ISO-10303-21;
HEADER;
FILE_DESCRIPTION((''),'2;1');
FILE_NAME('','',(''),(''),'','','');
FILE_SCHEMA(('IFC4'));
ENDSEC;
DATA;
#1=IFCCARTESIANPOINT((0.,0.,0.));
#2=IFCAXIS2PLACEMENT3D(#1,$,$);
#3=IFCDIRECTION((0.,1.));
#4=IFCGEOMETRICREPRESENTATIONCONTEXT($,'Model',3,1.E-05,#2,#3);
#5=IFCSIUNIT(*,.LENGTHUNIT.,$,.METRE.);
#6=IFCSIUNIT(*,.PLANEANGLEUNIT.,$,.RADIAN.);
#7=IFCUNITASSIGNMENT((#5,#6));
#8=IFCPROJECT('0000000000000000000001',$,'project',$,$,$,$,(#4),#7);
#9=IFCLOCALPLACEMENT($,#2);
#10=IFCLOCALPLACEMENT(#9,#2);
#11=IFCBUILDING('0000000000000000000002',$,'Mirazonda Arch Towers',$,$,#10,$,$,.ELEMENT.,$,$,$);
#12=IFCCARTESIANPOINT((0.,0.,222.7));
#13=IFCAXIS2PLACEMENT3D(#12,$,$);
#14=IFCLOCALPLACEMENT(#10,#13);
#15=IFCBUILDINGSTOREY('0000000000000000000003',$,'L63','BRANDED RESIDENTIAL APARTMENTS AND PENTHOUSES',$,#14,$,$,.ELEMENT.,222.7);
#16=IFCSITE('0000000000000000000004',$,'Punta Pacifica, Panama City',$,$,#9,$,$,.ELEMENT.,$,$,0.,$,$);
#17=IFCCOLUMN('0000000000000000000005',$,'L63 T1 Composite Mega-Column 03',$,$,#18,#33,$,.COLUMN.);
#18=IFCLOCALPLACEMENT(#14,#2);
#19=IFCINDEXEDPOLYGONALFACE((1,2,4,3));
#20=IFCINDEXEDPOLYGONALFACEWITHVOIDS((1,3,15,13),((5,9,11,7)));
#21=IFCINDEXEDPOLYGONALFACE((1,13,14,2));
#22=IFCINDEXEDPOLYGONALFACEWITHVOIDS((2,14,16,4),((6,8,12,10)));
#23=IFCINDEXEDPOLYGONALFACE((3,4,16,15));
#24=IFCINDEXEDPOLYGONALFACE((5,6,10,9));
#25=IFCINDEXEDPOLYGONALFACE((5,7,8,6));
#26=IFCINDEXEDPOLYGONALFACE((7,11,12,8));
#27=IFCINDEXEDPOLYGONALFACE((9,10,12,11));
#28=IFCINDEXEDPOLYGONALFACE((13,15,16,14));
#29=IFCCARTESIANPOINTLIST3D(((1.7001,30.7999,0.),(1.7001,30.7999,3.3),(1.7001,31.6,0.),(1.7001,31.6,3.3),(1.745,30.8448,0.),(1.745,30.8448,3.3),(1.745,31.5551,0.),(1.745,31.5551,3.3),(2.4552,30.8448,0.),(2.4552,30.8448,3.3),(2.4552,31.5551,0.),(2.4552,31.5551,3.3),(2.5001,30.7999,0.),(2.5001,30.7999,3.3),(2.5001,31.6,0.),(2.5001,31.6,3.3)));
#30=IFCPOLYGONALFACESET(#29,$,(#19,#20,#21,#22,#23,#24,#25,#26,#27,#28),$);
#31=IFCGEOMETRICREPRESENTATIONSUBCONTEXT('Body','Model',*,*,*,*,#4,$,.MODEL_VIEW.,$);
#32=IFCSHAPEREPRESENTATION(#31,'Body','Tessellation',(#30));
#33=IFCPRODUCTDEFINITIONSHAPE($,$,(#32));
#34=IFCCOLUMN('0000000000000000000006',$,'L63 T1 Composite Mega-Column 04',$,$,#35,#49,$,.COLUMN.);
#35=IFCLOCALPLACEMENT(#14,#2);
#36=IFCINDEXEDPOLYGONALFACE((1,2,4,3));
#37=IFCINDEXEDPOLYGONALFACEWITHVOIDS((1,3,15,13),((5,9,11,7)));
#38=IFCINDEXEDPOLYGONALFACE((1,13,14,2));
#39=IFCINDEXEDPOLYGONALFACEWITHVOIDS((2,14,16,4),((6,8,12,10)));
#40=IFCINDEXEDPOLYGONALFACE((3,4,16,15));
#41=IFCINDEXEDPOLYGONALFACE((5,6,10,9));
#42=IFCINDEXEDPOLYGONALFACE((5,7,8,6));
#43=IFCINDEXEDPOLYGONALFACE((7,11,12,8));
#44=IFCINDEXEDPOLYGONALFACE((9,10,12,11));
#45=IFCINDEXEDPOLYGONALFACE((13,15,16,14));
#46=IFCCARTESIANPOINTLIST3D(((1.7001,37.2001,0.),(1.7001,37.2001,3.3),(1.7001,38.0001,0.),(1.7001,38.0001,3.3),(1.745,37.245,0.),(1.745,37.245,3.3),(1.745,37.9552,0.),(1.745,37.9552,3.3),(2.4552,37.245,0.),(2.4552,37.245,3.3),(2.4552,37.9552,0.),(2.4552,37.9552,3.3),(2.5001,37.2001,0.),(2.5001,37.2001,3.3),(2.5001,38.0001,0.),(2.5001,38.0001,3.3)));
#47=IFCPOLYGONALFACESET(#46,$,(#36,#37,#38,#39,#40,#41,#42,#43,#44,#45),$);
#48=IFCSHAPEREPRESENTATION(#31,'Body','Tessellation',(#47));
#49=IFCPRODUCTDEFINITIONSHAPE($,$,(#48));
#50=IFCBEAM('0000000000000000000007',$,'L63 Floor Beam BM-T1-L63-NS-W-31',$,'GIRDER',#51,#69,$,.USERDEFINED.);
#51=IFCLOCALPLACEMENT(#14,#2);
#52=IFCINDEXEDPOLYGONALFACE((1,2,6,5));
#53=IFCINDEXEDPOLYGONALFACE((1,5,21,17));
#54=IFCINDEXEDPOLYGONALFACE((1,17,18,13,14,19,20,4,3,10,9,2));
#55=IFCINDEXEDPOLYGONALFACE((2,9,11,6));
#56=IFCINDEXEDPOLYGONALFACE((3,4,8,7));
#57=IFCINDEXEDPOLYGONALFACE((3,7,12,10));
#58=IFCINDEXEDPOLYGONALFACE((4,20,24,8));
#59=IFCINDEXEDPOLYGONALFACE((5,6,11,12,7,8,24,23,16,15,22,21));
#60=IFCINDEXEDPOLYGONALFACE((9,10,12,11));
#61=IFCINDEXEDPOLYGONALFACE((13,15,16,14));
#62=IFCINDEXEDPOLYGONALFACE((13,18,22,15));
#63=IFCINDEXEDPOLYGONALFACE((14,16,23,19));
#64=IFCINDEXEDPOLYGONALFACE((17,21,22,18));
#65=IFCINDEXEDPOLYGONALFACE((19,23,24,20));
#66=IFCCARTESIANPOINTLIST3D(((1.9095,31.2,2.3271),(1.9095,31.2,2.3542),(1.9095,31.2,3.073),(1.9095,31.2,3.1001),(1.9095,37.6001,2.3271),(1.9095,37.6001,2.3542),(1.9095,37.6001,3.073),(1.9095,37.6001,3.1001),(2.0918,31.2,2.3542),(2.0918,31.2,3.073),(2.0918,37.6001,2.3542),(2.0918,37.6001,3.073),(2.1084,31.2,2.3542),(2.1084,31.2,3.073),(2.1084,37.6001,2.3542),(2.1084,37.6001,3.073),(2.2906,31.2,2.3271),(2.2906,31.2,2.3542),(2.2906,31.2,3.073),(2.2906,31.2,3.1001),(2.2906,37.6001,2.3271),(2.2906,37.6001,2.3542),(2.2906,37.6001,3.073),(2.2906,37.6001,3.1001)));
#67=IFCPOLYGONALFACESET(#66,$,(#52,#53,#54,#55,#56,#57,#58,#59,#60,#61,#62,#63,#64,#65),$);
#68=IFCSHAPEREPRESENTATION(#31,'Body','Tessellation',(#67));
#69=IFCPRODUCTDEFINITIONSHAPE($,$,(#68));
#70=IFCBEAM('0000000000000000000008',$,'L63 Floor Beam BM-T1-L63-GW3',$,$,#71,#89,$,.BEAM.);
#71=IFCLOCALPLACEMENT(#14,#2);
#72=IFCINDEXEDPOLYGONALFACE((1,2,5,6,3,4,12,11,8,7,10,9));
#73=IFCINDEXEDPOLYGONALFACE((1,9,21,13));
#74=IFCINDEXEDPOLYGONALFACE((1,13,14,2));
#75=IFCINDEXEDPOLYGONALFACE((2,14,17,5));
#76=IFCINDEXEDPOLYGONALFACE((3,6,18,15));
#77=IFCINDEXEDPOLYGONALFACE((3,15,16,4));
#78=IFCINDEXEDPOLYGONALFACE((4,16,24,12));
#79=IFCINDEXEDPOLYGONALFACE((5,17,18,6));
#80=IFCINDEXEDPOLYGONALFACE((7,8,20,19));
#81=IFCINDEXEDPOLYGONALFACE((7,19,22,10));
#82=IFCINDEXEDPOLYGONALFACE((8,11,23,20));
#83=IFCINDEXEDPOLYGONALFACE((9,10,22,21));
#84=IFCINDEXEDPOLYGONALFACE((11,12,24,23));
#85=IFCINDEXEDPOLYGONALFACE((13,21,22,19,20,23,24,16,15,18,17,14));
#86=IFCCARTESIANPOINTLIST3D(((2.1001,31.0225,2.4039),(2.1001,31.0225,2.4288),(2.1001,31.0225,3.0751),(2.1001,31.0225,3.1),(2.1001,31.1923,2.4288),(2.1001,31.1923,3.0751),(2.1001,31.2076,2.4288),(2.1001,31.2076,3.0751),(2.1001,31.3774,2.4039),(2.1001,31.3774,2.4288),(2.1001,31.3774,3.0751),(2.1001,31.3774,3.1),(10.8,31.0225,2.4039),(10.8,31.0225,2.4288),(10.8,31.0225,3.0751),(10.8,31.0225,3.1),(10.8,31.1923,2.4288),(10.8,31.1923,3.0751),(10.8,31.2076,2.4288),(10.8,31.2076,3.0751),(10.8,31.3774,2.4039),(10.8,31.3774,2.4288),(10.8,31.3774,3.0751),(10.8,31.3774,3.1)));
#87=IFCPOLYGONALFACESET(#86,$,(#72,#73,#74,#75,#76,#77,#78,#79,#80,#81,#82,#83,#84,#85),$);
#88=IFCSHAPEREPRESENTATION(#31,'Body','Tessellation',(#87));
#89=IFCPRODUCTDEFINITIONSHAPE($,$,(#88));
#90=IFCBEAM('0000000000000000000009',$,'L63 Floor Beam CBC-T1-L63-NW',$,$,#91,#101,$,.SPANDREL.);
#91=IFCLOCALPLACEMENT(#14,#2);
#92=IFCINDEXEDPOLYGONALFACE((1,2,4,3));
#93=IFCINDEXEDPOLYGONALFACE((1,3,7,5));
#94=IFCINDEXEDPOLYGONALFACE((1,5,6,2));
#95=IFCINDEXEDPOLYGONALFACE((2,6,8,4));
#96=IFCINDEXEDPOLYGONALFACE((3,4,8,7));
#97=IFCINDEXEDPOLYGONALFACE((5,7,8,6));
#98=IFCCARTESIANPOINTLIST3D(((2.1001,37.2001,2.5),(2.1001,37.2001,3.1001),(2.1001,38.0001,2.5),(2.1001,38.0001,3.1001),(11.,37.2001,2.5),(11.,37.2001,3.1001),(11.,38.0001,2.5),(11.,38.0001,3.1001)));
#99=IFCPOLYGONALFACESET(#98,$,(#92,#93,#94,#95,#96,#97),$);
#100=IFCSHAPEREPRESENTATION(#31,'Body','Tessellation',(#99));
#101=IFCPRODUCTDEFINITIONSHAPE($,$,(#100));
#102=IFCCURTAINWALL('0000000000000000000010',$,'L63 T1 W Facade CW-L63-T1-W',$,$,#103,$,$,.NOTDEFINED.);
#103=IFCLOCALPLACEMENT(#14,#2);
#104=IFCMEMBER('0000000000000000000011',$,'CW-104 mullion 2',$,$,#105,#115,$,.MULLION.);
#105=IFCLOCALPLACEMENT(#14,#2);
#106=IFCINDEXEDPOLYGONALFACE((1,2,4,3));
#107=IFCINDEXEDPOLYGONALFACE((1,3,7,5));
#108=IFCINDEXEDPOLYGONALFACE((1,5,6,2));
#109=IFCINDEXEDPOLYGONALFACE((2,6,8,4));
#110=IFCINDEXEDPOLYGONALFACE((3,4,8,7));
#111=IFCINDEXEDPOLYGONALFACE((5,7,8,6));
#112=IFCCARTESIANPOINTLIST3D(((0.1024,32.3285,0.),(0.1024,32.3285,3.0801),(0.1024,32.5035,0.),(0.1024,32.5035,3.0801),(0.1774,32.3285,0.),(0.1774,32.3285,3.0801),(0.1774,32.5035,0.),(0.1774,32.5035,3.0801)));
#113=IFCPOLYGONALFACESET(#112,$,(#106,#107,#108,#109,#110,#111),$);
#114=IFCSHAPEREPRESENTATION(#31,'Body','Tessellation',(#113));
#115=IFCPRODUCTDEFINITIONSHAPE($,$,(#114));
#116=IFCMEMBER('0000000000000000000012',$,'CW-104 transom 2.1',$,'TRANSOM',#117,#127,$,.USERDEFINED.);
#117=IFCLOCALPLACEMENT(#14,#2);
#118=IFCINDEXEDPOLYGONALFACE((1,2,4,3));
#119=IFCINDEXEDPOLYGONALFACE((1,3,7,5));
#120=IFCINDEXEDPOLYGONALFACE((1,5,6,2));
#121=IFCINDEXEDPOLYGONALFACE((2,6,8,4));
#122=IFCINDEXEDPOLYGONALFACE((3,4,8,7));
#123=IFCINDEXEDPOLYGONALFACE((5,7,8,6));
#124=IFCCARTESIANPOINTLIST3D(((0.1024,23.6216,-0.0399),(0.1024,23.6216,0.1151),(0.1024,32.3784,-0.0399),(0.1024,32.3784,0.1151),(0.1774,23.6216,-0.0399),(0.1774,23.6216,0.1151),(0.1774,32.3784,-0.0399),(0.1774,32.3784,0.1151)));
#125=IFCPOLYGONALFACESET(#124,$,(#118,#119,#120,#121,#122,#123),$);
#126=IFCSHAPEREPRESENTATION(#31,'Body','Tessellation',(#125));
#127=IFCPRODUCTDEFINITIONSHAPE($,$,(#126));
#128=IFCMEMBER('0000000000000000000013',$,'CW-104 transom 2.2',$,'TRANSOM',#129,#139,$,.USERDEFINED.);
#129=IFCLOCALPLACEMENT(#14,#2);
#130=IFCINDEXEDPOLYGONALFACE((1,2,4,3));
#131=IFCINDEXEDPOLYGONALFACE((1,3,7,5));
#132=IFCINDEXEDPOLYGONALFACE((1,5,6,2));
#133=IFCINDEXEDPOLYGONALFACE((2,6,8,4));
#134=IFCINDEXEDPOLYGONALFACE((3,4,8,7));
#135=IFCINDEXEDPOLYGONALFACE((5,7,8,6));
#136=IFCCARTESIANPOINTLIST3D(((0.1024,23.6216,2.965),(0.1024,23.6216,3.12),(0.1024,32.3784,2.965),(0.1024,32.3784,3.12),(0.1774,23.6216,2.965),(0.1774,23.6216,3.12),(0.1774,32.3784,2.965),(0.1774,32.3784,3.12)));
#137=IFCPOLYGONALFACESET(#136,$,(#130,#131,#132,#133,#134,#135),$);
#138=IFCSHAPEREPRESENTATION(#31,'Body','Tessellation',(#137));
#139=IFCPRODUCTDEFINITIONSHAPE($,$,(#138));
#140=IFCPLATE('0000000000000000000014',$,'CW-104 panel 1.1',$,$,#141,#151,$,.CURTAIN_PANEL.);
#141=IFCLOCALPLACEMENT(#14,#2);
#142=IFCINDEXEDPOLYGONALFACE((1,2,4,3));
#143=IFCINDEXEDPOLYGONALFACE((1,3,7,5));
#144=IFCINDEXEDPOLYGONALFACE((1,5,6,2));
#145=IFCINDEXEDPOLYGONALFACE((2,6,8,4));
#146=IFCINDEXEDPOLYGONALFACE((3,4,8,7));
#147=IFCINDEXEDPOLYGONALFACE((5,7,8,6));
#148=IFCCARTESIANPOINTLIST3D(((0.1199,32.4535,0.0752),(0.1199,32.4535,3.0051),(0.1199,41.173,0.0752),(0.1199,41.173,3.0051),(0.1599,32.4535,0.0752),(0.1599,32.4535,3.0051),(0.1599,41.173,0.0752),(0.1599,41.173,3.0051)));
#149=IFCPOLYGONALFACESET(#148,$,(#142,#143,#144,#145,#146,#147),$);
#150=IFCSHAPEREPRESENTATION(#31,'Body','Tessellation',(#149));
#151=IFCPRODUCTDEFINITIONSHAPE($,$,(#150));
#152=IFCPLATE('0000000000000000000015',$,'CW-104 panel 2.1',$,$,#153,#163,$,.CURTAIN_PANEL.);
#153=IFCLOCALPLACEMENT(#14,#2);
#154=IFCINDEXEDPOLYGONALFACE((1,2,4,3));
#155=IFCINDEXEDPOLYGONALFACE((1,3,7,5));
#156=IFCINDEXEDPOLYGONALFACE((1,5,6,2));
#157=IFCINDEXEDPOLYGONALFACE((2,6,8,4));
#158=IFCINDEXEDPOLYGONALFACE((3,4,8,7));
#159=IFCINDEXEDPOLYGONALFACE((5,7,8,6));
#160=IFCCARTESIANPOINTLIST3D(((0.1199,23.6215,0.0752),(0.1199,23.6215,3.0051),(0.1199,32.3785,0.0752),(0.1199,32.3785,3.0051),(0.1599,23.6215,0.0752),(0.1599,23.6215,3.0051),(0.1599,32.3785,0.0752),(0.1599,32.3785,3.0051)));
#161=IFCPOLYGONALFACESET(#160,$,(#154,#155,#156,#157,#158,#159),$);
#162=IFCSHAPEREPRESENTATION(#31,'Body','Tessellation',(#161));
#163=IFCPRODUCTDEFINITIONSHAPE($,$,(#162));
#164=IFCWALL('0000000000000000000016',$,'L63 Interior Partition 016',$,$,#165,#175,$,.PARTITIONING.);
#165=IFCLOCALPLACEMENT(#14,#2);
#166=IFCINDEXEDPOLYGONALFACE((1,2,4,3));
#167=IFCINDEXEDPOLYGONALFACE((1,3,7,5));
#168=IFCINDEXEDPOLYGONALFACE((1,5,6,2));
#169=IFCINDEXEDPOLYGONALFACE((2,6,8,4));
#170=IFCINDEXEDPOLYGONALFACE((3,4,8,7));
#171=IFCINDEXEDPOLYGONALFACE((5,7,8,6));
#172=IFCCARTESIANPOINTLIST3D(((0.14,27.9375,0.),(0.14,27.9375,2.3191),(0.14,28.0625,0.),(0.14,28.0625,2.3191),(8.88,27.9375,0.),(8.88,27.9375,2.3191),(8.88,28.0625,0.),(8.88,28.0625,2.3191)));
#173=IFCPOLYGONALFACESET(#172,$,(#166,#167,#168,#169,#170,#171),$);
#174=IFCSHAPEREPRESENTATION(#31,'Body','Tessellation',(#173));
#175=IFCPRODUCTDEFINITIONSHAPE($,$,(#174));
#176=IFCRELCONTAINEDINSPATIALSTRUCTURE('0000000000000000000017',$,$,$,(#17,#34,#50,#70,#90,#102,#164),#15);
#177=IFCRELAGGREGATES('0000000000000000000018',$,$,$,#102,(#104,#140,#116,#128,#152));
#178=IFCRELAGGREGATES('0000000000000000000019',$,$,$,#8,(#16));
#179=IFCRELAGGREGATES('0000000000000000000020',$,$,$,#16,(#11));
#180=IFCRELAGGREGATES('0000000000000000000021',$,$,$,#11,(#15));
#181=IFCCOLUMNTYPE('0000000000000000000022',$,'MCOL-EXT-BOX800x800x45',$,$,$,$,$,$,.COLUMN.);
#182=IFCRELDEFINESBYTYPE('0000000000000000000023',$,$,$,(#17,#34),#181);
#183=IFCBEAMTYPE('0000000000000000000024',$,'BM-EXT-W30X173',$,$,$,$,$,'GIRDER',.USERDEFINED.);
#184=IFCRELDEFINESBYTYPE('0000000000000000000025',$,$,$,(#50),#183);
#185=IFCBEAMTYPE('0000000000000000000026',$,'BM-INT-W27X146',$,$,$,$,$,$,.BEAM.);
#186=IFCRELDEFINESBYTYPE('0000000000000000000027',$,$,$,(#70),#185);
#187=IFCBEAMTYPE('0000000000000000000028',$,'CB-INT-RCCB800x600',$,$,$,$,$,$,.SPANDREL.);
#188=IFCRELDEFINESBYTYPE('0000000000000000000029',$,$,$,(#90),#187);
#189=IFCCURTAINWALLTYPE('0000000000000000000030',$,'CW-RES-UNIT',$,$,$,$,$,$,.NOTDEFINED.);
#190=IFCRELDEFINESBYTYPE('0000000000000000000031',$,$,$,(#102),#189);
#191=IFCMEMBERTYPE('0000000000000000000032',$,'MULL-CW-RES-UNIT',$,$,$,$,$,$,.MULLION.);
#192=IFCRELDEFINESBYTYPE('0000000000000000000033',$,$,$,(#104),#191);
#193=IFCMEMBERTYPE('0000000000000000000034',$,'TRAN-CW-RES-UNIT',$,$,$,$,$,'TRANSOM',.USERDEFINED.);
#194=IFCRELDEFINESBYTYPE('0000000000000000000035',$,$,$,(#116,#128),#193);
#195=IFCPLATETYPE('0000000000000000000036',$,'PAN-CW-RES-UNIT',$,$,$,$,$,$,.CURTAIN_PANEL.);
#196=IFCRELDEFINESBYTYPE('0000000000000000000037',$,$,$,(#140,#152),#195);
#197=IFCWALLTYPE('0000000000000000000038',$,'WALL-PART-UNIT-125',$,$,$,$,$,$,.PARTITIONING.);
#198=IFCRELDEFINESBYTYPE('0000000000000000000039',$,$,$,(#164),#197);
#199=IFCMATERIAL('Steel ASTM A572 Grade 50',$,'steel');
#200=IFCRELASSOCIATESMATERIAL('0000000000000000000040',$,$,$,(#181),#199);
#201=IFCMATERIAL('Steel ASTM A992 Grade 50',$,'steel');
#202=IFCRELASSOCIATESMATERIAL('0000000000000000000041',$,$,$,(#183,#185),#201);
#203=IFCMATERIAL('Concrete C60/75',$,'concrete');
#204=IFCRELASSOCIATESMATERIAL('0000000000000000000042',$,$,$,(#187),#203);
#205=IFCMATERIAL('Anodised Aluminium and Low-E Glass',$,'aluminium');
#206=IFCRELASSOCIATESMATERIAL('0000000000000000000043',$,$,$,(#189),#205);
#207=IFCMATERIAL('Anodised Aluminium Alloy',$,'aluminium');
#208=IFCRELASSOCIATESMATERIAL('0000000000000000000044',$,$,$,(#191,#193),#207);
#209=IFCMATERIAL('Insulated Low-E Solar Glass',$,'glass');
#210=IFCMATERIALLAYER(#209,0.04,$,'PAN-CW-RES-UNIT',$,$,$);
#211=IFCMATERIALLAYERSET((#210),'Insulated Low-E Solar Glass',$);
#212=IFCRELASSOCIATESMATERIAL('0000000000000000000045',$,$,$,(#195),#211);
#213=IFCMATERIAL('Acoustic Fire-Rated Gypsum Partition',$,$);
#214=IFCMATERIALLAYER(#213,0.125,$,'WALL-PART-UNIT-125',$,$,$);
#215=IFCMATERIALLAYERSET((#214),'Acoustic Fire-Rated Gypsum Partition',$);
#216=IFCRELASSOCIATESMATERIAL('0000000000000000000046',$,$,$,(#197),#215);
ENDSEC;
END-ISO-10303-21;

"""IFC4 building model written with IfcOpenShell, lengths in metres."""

from ifc_helpers import new_model, si_unit, direction, frame, frame_2d, origin, origin_2d, place, context, subcontext, project, spatial, rectangle, hollow_rectangle, i_section, extrude, material, layer, layer_set, material_profile, profile_set, type_object, element, aggregate, save


model = new_model("IFC4")

# Units and contexts
model_context = context("Model", 3, precision=1e-05, world=origin(), true_north=direction((0.0, 1.0)))
body_context = subcontext(model_context, "Body", "Model", "MODEL_VIEW")
ifc_project = project(units=[si_unit("LENGTHUNIT", "METRE"), si_unit("PLANEANGLEUNIT", "RADIAN")], contexts=[model_context])

# Site, building, storey
site_placement = place(None, origin())
site = spatial("IfcSite", under=ifc_project, at=site_placement, Name="Punta Pacifica, Panama City", CompositionType="ELEMENT", RefElevation=0.0)
building_placement = place(site_placement, origin())
building = spatial("IfcBuilding", under=site, at=building_placement, Name="Mirazonda Arch Towers", CompositionType="ELEMENT")
storey_placement = place(building_placement, frame((0.0, 0.0, 222.7)))
storey = spatial("IfcBuildingStorey", under=building, at=storey_placement, Name="L63", Description="BRANDED RESIDENTIAL APARTMENTS AND PENTHOUSES", CompositionType="ELEMENT", Elevation=222.7)

# Columns
ifc_material_1 = material(Name="Steel ASTM A572 Grade 50", Category="steel")
ifc_material_profile_1 = material_profile(ifc_material_1, hollow_rectangle(XDim=0.8, YDim=0.8, WallThickness=0.0449, at=origin_2d()), Name="BOX800x800x45")
ifc_profile_set_1 = profile_set([ifc_material_profile_1], Name="Steel ASTM A572 Grade 50")
column_type = type_object("IfcColumnType", Name="MCOL-EXT-BOX800x800x45", PredefinedType="COLUMN", material=ifc_profile_set_1)
for number, where, z_axis, x_axis, name in (
    (1, (2.1001, 31.2, 0.0), (0.0, 0.0, 1.0), (1.0, 0.0, 0.0), "L63 T1 Composite Mega-Column 03"),
    (2, (2.1001, 37.6001, 0.0), (0.0, 0.0, 1.0), (1.0, 0.0, 0.0), "L63 T1 Composite Mega-Column 04"),
):
    element("IfcColumn", number, at=place(storey_placement, frame(where, z_axis=z_axis, x_axis=x_axis)), inside=storey, type_object=column_type, Name=name, PredefinedType="COLUMN", context=body_context, shape_type="SweptSolid", body=[
        extrude(hollow_rectangle(XDim=0.8, YDim=0.8, WallThickness=0.0449, at=origin_2d()), origin(), (0.0, 0.0, 1.0), 3.3),
    ])

# Beams
ifc_material_2 = material(Name="Steel ASTM A992 Grade 50", Category="steel")
ifc_material_profile_2 = material_profile(ifc_material_2, i_section(OverallWidth=0.3811, OverallDepth=0.7729, WebThickness=0.0166, FlangeThickness=0.0271, at=origin_2d()), Name="W30X173")
ifc_profile_set_2 = profile_set([ifc_material_profile_2], Name="Steel ASTM A992 Grade 50")
beam_type_1 = type_object("IfcBeamType", Name="BM-EXT-W30X173", ElementType="GIRDER", PredefinedType="USERDEFINED", material=ifc_profile_set_2)
beam_1_placement = place(storey_placement, frame((2.1001, 31.2, 2.7136), z_axis=(0.0, 1.0, 0.0), x_axis=(-1.0, 0.0, 0.0)))
element("IfcBeam", 3, at=beam_1_placement, inside=storey, type_object=beam_type_1, Name="L63 Floor Beam BM-T1-L63-NS-W-31", ObjectType="GIRDER", PredefinedType="USERDEFINED", context=body_context, shape_type="SweptSolid", body=[
    extrude(i_section(OverallWidth=0.3811, OverallDepth=0.7729, WebThickness=0.0166, FlangeThickness=0.0271, at=origin_2d()), origin(), (0.0, 0.0, 1.0), 6.4001),
])
ifc_material_profile_3 = material_profile(ifc_material_2, i_section(OverallWidth=0.355, OverallDepth=0.696, WebThickness=0.0154, FlangeThickness=0.0249, at=origin_2d()), Name="W27X146")
ifc_profile_set_3 = profile_set([ifc_material_profile_3], Name="Steel ASTM A992 Grade 50")
beam_type_2 = type_object("IfcBeamType", Name="BM-INT-W27X146", PredefinedType="BEAM", material=ifc_profile_set_3)
beam_2_placement = place(storey_placement, frame((2.1001, 31.2, 2.752), z_axis=(1.0, 0.0, 0.0), x_axis=(0.0, 1.0, 0.0)))
element("IfcBeam", 4, at=beam_2_placement, inside=storey, type_object=beam_type_2, Name="L63 Floor Beam BM-T1-L63-GW3", PredefinedType="BEAM", context=body_context, shape_type="SweptSolid", body=[
    extrude(i_section(OverallWidth=0.355, OverallDepth=0.696, WebThickness=0.0154, FlangeThickness=0.0249, at=origin_2d()), origin(), (0.0, 0.0, 1.0), 8.7),
])
ifc_material_3 = material(Name="Concrete C60/75", Category="concrete")
ifc_material_profile_4 = material_profile(ifc_material_3, rectangle(XDim=0.8, YDim=0.6001, at=origin_2d()), Name="RCCB800x600")
ifc_profile_set_4 = profile_set([ifc_material_profile_4], Name="Concrete C60/75")
beam_type_3 = type_object("IfcBeamType", Name="CB-INT-RCCB800x600", PredefinedType="SPANDREL", material=ifc_profile_set_4)
beam_3_placement = place(storey_placement, frame((2.1001, 37.6001, 2.8), z_axis=(1.0, 0.0, 0.0), x_axis=(0.0, 1.0, 0.0)))
element("IfcBeam", 5, at=beam_3_placement, inside=storey, type_object=beam_type_3, Name="L63 Floor Beam CBC-T1-L63-NW", PredefinedType="SPANDREL", context=body_context, shape_type="SweptSolid", body=[
    extrude(rectangle(XDim=0.8, YDim=0.6001, at=origin_2d()), origin(), (0.0, 0.0, 1.0), 8.8999),
])

# Curtain wall, members, plates
ifc_material_4 = material(Name="Anodised Aluminium and Low-E Glass", Category="aluminium")
curtain_wall_type = type_object("IfcCurtainWallType", Name="CW-RES-UNIT", PredefinedType="NOTDEFINED", material=ifc_material_4)
curtain_wall_placement = place(storey_placement, origin())
curtain_wall = element("IfcCurtainWall", 6, at=curtain_wall_placement, inside=storey, type_object=curtain_wall_type, Name="L63 T1 W Facade CW-L63-T1-W", PredefinedType="NOTDEFINED")
ifc_material_5 = material(Name="Anodised Aluminium Alloy", Category="aluminium")
ifc_material_profile_5 = material_profile(ifc_material_5, rectangle(XDim=0.075, YDim=0.175, at=origin_2d()), Name="ALU-MULL-75x175")
ifc_profile_set_5 = profile_set([ifc_material_profile_5], Name="Anodised Aluminium Alloy")
member_type_1 = type_object("IfcMemberType", Name="MULL-CW-RES-UNIT", PredefinedType="MULLION", material=ifc_profile_set_5)
member_1_placement = place(storey_placement, frame((0.1399, 32.416, 0.0), z_axis=(0.0, 0.0, 1.0), x_axis=(1.0, 0.0, 0.0)))
member_1 = element("IfcMember", 7, at=member_1_placement, type_object=member_type_1, Name="CW-104 mullion 2", PredefinedType="MULLION", context=body_context, shape_type="SweptSolid", body=[
    extrude(rectangle(XDim=0.075, YDim=0.175, at=origin_2d()), origin(), (0.0, 0.0, 1.0), 3.0801),
])
ifc_material_profile_6 = material_profile(ifc_material_5, rectangle(XDim=0.075, YDim=0.155, at=origin_2d()), Name="ALU-TRAN-75x155")
ifc_profile_set_6 = profile_set([ifc_material_profile_6], Name="Anodised Aluminium Alloy")
member_type_2 = type_object("IfcMemberType", Name="TRAN-CW-RES-UNIT", ElementType="TRANSOM", PredefinedType="USERDEFINED", material=ifc_profile_set_6)
member_2_placement = place(storey_placement, frame((0.1399, 32.3784, 0.0376), z_axis=(0.0, -1.0, 0.0), x_axis=(1.0, 0.0, 0.0)))
member_2 = element("IfcMember", 8, at=member_2_placement, type_object=member_type_2, Name="CW-104 transom 2.1", ObjectType="TRANSOM", PredefinedType="USERDEFINED", context=body_context, shape_type="SweptSolid", body=[
    extrude(rectangle(XDim=0.075, YDim=0.155, at=origin_2d()), origin(), (0.0, 0.0, 1.0), 8.7568),
])
member_3_placement = place(storey_placement, frame((0.1399, 32.3784, 3.0425), z_axis=(0.0, -1.0, 0.0), x_axis=(1.0, 0.0, 0.0)))
member_3 = element("IfcMember", 9, at=member_3_placement, type_object=member_type_2, Name="CW-104 transom 2.2", ObjectType="TRANSOM", PredefinedType="USERDEFINED", context=body_context, shape_type="SweptSolid", body=[
    extrude(rectangle(XDim=0.075, YDim=0.155, at=origin_2d()), origin(), (0.0, 0.0, 1.0), 8.7568),
])
ifc_material_6 = material(Name="Insulated Low-E Solar Glass", Category="glass")
ifc_layer_1 = layer(ifc_material_6, 0.04, Name="PAN-CW-RES-UNIT")
ifc_layer_set_1 = layer_set([ifc_layer_1], Name="Insulated Low-E Solar Glass")
plate_type = type_object("IfcPlateType", Name="PAN-CW-RES-UNIT", PredefinedType="CURTAIN_PANEL", material=ifc_layer_set_1)
plate_1_placement = place(storey_placement, frame((0.1399, 36.8132, 0.0752), z_axis=(0.0, 0.0, 1.0), x_axis=(0.0, -1.0, 0.0)))
plate_1 = element("IfcPlate", 10, at=plate_1_placement, type_object=plate_type, Name="CW-104 panel 1.1", PredefinedType="CURTAIN_PANEL", context=body_context, shape_type="SweptSolid", body=[
    extrude(rectangle(XDim=8.7195, YDim=0.04, at=origin_2d()), origin(), (0.0, 0.0, 1.0), 2.9299),
])
plate_2_placement = place(storey_placement, frame((0.1399, 28.0, 0.0752), z_axis=(0.0, 0.0, 1.0), x_axis=(0.0, -1.0, 0.0)))
plate_2 = element("IfcPlate", 11, at=plate_2_placement, type_object=plate_type, Name="CW-104 panel 2.1", PredefinedType="CURTAIN_PANEL", context=body_context, shape_type="SweptSolid", body=[
    extrude(rectangle(XDim=8.7571, YDim=0.04, at=origin_2d()), origin(), (0.0, 0.0, 1.0), 2.9299),
])
aggregate(curtain_wall, [member_1, plate_1, member_2, member_3, plate_2])

# Wall
ifc_material_7 = material(Name="Acoustic Fire-Rated Gypsum Partition")
ifc_layer_2 = layer(ifc_material_7, 0.125, Name="WALL-PART-UNIT-125")
ifc_layer_set_2 = layer_set([ifc_layer_2], Name="Acoustic Fire-Rated Gypsum Partition")
wall_type_1 = type_object("IfcWallType", Name="WALL-PART-UNIT-125", PredefinedType="PARTITIONING", material=ifc_layer_set_2)
wall_1_placement = place(storey_placement, frame((0.1399, 28.0, 0.0), z_axis=(0.0, 0.0, 1.0), x_axis=(1.0, 0.0, 0.0)))
element("IfcWall", 12, at=wall_1_placement, inside=storey, type_object=wall_type_1, Name="L63 Interior Partition 016", PredefinedType="PARTITIONING", context=body_context, shape_type="SweptSolid", body=[
    extrude(rectangle(XDim=8.74, YDim=0.125, at=frame_2d((4.3701, 0.0))), origin(), (0.0, 0.0, 1.0), 2.3191),
])

save(model, "model.ifc")
